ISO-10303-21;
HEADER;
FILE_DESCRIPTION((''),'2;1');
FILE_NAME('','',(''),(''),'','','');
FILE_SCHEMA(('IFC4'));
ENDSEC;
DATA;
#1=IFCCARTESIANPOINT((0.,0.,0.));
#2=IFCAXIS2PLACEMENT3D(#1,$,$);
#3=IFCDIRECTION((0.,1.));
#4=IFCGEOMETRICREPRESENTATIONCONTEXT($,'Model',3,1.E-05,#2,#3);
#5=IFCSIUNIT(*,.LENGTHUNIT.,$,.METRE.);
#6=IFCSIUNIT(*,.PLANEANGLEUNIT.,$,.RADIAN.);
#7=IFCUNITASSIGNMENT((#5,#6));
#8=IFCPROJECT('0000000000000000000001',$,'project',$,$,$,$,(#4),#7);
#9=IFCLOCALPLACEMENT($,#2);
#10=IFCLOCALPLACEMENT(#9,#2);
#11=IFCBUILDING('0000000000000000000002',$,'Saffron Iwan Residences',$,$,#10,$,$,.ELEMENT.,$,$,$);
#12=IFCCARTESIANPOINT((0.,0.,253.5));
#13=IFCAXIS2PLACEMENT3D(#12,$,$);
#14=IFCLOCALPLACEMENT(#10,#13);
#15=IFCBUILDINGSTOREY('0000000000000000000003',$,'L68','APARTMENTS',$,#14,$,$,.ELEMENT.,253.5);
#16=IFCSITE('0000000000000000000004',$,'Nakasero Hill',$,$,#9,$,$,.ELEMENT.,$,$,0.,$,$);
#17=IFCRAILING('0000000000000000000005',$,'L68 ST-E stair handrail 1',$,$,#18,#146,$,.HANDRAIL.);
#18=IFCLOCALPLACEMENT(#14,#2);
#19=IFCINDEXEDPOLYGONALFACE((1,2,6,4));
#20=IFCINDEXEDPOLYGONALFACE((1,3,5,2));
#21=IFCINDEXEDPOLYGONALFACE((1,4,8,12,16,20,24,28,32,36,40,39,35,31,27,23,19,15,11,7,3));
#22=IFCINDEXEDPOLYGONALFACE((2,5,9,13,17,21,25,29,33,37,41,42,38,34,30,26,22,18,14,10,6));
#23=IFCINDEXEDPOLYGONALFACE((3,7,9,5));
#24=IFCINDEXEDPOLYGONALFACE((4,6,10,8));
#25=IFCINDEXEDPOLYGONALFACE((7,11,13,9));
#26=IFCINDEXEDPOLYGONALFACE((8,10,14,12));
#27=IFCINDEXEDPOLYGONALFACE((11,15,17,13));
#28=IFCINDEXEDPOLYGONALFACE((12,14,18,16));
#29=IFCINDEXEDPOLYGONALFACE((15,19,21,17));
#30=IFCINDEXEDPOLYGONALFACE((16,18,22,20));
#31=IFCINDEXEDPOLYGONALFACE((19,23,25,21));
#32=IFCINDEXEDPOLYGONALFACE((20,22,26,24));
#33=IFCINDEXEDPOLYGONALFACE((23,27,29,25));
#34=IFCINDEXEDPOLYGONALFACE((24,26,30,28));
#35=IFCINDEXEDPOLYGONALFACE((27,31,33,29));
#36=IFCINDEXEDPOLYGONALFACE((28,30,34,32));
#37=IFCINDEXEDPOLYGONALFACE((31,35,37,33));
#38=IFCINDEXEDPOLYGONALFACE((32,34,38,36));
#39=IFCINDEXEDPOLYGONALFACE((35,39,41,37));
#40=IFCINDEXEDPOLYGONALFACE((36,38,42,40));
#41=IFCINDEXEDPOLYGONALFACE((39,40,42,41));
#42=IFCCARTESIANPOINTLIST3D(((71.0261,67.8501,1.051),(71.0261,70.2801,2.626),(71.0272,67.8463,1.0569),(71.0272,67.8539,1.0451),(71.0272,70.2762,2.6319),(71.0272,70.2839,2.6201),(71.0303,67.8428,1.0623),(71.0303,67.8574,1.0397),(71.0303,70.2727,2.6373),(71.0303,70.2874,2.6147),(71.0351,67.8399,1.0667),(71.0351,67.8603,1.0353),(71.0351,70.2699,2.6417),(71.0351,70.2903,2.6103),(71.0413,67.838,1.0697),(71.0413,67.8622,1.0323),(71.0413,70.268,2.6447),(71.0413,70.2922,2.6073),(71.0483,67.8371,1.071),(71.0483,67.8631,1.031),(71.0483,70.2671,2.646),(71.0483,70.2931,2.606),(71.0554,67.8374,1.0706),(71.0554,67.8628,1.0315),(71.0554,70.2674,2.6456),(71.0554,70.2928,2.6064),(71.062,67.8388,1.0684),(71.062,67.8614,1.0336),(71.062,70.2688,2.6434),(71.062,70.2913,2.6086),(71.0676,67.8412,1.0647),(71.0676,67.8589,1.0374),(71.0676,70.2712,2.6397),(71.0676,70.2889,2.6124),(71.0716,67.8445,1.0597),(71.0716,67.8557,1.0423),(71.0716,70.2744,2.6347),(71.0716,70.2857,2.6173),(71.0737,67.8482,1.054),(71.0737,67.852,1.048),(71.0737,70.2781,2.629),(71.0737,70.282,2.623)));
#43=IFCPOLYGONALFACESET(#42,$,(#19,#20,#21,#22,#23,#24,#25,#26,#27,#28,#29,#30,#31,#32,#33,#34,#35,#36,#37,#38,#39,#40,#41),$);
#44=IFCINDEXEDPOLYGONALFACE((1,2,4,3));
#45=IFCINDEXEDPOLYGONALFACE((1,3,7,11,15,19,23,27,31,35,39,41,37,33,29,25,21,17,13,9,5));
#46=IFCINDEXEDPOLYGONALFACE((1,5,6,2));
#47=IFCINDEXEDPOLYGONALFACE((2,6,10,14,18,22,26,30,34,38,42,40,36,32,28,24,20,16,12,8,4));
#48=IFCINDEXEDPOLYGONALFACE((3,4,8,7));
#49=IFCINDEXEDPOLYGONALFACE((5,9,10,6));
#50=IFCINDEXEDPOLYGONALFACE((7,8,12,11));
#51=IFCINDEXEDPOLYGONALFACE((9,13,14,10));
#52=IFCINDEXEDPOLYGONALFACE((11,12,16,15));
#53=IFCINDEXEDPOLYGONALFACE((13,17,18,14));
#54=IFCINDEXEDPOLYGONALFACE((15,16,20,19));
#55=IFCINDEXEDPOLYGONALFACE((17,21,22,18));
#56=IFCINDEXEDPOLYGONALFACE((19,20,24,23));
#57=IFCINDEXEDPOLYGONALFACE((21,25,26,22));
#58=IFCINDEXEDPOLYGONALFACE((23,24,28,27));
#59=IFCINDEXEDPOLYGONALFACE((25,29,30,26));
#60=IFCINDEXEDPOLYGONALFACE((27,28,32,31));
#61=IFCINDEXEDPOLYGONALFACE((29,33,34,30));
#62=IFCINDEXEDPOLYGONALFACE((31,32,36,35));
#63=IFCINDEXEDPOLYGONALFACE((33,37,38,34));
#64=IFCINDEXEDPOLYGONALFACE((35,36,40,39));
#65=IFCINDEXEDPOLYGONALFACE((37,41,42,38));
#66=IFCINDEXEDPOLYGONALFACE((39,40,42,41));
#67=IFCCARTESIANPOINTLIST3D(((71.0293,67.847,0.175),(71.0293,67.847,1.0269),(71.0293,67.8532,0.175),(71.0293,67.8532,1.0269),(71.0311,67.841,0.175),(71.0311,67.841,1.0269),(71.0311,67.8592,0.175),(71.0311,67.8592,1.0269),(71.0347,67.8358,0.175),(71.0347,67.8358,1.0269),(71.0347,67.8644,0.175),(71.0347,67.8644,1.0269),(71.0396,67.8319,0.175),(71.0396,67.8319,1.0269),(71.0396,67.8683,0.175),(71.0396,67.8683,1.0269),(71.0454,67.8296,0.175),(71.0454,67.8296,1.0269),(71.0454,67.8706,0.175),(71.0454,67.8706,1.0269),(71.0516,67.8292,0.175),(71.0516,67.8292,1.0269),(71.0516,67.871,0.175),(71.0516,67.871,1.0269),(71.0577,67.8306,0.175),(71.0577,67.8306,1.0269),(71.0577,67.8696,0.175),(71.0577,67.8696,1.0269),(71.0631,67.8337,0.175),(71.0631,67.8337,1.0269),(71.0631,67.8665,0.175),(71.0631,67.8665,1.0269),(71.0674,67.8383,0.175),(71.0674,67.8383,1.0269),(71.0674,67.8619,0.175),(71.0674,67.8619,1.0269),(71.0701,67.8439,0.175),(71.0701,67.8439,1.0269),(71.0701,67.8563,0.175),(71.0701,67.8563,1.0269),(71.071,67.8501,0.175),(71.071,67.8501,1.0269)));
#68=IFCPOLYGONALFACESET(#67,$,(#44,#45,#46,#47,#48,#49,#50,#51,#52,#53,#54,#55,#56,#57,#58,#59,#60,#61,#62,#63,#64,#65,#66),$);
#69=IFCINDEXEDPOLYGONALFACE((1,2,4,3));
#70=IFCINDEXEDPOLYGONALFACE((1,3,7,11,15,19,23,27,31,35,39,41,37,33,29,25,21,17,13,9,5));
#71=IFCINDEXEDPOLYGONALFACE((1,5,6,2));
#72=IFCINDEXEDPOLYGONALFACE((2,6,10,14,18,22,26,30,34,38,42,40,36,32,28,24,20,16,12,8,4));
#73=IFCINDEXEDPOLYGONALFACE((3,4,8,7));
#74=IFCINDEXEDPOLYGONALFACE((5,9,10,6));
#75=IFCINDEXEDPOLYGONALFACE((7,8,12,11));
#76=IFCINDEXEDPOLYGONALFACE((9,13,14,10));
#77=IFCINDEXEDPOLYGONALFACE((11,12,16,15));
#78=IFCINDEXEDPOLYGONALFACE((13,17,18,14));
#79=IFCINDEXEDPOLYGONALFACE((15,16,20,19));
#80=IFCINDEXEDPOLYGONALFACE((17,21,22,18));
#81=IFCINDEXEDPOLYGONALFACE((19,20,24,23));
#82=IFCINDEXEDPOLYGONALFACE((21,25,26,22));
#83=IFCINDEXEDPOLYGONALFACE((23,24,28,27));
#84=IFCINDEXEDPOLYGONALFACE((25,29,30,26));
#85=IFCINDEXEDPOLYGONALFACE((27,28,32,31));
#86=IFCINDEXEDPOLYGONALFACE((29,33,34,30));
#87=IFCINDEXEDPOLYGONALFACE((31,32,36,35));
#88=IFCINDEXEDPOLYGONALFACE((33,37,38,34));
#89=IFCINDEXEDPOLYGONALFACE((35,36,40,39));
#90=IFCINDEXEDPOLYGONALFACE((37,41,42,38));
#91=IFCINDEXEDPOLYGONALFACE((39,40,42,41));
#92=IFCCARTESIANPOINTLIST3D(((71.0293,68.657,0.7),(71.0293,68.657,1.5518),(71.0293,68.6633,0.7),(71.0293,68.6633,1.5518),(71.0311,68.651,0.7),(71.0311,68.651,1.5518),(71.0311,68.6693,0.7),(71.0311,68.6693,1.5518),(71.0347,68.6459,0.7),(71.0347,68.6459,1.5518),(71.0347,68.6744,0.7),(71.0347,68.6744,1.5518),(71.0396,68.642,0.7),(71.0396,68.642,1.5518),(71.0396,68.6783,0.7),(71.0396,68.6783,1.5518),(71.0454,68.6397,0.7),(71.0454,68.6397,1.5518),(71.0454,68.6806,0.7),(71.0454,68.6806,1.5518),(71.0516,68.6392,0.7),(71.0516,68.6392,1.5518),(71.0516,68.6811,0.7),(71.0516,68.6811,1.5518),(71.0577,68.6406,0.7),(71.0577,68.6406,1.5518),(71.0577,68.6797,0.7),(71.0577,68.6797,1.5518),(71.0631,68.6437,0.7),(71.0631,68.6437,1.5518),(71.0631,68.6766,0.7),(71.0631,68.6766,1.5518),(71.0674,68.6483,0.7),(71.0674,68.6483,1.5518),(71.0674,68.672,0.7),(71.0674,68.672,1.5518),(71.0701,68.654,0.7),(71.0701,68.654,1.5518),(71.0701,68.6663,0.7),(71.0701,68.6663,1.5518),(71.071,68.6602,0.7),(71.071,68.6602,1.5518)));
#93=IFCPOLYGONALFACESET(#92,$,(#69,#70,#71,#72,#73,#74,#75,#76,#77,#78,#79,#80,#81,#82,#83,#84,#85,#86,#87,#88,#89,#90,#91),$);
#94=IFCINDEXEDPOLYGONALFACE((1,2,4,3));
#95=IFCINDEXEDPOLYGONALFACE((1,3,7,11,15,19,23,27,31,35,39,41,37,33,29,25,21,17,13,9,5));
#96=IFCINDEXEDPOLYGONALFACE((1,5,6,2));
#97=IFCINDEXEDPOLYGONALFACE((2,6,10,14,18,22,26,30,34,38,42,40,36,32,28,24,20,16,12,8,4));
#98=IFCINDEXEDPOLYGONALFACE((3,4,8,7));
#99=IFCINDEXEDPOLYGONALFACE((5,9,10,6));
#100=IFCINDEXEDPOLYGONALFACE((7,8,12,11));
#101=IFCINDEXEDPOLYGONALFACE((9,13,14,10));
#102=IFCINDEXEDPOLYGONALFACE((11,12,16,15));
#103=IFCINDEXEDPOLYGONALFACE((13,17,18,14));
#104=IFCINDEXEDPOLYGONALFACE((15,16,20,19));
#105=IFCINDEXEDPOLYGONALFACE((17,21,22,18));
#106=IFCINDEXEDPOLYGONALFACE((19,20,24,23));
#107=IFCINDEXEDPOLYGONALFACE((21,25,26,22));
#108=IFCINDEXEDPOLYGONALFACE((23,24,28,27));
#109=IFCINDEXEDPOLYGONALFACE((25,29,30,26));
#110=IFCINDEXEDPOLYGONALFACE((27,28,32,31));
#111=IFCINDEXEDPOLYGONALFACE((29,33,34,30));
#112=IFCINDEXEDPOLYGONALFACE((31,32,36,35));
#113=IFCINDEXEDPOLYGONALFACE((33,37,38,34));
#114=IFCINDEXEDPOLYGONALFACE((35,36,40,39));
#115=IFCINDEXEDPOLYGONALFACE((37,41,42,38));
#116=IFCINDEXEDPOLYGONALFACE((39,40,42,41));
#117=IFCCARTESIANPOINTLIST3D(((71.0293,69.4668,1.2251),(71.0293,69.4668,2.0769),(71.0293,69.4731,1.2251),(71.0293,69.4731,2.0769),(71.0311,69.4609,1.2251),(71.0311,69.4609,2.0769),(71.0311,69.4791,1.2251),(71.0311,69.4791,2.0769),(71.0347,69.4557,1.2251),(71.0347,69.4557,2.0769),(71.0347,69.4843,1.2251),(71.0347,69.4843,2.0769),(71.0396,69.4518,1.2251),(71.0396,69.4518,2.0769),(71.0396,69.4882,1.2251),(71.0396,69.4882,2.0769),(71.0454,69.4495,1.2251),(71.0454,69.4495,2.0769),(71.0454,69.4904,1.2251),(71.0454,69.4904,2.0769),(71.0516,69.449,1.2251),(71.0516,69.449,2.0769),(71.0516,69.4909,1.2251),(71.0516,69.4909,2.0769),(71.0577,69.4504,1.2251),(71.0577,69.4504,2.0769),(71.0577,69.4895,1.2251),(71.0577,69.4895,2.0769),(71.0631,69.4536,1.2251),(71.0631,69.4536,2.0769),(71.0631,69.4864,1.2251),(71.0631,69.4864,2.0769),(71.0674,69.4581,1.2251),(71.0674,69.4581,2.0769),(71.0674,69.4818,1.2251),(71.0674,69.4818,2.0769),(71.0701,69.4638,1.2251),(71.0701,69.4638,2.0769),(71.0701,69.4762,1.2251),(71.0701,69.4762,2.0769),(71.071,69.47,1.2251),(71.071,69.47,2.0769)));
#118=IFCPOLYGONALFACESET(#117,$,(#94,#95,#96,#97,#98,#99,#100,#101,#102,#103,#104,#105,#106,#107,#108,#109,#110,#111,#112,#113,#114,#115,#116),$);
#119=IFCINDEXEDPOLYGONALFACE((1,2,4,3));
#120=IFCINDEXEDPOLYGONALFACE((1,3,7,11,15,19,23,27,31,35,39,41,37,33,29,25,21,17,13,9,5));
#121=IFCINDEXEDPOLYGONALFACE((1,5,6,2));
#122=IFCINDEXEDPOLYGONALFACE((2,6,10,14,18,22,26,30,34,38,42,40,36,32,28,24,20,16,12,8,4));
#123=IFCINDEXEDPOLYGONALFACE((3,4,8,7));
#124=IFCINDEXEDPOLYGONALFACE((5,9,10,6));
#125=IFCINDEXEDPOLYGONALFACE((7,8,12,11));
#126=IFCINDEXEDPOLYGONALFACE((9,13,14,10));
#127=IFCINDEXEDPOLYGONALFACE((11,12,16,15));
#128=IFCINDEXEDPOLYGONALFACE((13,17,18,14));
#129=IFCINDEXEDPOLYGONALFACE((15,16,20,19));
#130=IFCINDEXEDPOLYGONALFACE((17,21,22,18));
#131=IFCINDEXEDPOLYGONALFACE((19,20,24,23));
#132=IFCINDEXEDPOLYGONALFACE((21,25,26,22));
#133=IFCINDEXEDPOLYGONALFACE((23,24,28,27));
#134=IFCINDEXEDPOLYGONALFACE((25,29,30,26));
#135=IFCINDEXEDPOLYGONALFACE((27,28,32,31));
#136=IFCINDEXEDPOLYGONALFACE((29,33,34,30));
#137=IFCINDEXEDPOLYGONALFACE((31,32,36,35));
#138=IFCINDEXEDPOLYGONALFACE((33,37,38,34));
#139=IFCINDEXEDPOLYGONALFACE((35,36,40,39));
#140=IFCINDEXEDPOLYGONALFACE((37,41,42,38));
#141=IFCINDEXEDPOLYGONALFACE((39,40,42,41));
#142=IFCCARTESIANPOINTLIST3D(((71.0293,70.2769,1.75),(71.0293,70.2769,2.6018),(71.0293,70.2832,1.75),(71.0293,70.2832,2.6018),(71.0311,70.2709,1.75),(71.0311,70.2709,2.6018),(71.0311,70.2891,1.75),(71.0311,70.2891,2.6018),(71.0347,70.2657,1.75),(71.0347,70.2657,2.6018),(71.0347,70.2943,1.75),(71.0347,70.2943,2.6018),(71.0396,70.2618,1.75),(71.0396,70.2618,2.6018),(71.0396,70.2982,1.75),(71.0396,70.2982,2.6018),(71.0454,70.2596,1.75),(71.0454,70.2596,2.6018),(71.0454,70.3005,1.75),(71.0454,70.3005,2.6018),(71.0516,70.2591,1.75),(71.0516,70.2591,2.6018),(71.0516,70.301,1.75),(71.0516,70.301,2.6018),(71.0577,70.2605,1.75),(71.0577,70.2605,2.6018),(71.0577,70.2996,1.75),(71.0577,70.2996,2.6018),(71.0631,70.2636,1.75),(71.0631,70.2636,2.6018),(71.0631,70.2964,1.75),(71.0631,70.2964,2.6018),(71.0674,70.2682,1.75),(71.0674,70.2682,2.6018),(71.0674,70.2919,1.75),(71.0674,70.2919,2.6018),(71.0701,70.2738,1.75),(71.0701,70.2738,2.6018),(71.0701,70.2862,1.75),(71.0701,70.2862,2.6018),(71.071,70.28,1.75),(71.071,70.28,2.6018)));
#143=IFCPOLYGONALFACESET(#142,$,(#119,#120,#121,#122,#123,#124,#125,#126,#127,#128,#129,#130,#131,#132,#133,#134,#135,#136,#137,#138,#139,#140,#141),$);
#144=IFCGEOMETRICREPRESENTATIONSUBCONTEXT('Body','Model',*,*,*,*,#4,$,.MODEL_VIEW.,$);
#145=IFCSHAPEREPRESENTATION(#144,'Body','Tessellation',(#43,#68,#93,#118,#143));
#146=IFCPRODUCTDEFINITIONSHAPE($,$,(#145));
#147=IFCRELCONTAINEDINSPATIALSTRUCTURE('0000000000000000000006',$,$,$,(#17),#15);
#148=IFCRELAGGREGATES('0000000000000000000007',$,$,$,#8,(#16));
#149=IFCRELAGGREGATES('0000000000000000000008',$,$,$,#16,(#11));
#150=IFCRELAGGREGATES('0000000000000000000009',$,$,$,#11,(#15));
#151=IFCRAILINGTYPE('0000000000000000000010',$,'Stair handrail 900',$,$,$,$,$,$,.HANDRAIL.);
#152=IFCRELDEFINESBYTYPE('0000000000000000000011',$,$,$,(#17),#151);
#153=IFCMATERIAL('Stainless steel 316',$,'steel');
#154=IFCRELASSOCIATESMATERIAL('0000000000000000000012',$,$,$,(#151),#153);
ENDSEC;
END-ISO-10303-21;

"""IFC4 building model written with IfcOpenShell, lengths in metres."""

from ifc_helpers import new_model, si_unit, direction, frame, origin, origin_2d, place, context, subcontext, project, spatial, circle, extrude, material, type_object, element, save


model = new_model("IFC4")

# Units and contexts
model_context = context("Model", 3, precision=1e-05, world=origin(), true_north=direction((0.0, 1.0)))
body_context = subcontext(model_context, "Body", "Model", "MODEL_VIEW")
ifc_project = project(units=[si_unit("LENGTHUNIT", "METRE"), si_unit("PLANEANGLEUNIT", "RADIAN")], contexts=[model_context])

# Site, building, storey
site_placement = place(None, origin())
site = spatial("IfcSite", under=ifc_project, at=site_placement, Name="Nakasero Hill", CompositionType="ELEMENT", RefElevation=0.0)
building_placement = place(site_placement, origin())
building = spatial("IfcBuilding", under=site, at=building_placement, Name="Saffron Iwan Residences", CompositionType="ELEMENT")
storey_placement = place(building_placement, frame((0.0, 0.0, 253.5)))
storey = spatial("IfcBuildingStorey", under=building, at=storey_placement, Name="L68", Description="APARTMENTS", CompositionType="ELEMENT", Elevation=253.5)

# Railing
ifc_material_1 = material(Name="Stainless steel 316", Category="steel")
railing_type_1 = type_object("IfcRailingType", Name="Stair handrail 900", PredefinedType="HANDRAIL", material=ifc_material_1)
railing_1_placement = place(storey_placement, frame((71.05, 67.8501, 0.175)))
element("IfcRailing", 1, at=railing_1_placement, inside=storey, type_object=railing_type_1, Name="L68 ST-E stair handrail 1", PredefinedType="HANDRAIL", context=body_context, shape_type="SweptSolid", body=[
    extrude(circle(Radius=0.0239, at=origin_2d()), frame((0.0, 0.0, 0.876), z_axis=(0.0, 0.839154, 0.543894), x_axis=(-1.0, 0.0, 0.0)), (0.0, 0.0, 1.0), 2.8958),
    extrude(circle(Radius=0.021, at=origin_2d()), origin(), (0.0, 0.0, 1.0), 0.8518),
    extrude(circle(Radius=0.021, at=origin_2d()), frame((0.0, 0.8101, 0.5249)), (0.0, 0.0, 1.0), 0.8518),
    extrude(circle(Radius=0.021, at=origin_2d()), frame((0.0, 1.6199, 1.05)), (0.0, 0.0, 1.0), 0.8518),
    extrude(circle(Radius=0.021, at=origin_2d()), frame((0.0, 2.4299, 1.575)), (0.0, 0.0, 1.0), 0.8518),
])

save(model, "model.ifc")
